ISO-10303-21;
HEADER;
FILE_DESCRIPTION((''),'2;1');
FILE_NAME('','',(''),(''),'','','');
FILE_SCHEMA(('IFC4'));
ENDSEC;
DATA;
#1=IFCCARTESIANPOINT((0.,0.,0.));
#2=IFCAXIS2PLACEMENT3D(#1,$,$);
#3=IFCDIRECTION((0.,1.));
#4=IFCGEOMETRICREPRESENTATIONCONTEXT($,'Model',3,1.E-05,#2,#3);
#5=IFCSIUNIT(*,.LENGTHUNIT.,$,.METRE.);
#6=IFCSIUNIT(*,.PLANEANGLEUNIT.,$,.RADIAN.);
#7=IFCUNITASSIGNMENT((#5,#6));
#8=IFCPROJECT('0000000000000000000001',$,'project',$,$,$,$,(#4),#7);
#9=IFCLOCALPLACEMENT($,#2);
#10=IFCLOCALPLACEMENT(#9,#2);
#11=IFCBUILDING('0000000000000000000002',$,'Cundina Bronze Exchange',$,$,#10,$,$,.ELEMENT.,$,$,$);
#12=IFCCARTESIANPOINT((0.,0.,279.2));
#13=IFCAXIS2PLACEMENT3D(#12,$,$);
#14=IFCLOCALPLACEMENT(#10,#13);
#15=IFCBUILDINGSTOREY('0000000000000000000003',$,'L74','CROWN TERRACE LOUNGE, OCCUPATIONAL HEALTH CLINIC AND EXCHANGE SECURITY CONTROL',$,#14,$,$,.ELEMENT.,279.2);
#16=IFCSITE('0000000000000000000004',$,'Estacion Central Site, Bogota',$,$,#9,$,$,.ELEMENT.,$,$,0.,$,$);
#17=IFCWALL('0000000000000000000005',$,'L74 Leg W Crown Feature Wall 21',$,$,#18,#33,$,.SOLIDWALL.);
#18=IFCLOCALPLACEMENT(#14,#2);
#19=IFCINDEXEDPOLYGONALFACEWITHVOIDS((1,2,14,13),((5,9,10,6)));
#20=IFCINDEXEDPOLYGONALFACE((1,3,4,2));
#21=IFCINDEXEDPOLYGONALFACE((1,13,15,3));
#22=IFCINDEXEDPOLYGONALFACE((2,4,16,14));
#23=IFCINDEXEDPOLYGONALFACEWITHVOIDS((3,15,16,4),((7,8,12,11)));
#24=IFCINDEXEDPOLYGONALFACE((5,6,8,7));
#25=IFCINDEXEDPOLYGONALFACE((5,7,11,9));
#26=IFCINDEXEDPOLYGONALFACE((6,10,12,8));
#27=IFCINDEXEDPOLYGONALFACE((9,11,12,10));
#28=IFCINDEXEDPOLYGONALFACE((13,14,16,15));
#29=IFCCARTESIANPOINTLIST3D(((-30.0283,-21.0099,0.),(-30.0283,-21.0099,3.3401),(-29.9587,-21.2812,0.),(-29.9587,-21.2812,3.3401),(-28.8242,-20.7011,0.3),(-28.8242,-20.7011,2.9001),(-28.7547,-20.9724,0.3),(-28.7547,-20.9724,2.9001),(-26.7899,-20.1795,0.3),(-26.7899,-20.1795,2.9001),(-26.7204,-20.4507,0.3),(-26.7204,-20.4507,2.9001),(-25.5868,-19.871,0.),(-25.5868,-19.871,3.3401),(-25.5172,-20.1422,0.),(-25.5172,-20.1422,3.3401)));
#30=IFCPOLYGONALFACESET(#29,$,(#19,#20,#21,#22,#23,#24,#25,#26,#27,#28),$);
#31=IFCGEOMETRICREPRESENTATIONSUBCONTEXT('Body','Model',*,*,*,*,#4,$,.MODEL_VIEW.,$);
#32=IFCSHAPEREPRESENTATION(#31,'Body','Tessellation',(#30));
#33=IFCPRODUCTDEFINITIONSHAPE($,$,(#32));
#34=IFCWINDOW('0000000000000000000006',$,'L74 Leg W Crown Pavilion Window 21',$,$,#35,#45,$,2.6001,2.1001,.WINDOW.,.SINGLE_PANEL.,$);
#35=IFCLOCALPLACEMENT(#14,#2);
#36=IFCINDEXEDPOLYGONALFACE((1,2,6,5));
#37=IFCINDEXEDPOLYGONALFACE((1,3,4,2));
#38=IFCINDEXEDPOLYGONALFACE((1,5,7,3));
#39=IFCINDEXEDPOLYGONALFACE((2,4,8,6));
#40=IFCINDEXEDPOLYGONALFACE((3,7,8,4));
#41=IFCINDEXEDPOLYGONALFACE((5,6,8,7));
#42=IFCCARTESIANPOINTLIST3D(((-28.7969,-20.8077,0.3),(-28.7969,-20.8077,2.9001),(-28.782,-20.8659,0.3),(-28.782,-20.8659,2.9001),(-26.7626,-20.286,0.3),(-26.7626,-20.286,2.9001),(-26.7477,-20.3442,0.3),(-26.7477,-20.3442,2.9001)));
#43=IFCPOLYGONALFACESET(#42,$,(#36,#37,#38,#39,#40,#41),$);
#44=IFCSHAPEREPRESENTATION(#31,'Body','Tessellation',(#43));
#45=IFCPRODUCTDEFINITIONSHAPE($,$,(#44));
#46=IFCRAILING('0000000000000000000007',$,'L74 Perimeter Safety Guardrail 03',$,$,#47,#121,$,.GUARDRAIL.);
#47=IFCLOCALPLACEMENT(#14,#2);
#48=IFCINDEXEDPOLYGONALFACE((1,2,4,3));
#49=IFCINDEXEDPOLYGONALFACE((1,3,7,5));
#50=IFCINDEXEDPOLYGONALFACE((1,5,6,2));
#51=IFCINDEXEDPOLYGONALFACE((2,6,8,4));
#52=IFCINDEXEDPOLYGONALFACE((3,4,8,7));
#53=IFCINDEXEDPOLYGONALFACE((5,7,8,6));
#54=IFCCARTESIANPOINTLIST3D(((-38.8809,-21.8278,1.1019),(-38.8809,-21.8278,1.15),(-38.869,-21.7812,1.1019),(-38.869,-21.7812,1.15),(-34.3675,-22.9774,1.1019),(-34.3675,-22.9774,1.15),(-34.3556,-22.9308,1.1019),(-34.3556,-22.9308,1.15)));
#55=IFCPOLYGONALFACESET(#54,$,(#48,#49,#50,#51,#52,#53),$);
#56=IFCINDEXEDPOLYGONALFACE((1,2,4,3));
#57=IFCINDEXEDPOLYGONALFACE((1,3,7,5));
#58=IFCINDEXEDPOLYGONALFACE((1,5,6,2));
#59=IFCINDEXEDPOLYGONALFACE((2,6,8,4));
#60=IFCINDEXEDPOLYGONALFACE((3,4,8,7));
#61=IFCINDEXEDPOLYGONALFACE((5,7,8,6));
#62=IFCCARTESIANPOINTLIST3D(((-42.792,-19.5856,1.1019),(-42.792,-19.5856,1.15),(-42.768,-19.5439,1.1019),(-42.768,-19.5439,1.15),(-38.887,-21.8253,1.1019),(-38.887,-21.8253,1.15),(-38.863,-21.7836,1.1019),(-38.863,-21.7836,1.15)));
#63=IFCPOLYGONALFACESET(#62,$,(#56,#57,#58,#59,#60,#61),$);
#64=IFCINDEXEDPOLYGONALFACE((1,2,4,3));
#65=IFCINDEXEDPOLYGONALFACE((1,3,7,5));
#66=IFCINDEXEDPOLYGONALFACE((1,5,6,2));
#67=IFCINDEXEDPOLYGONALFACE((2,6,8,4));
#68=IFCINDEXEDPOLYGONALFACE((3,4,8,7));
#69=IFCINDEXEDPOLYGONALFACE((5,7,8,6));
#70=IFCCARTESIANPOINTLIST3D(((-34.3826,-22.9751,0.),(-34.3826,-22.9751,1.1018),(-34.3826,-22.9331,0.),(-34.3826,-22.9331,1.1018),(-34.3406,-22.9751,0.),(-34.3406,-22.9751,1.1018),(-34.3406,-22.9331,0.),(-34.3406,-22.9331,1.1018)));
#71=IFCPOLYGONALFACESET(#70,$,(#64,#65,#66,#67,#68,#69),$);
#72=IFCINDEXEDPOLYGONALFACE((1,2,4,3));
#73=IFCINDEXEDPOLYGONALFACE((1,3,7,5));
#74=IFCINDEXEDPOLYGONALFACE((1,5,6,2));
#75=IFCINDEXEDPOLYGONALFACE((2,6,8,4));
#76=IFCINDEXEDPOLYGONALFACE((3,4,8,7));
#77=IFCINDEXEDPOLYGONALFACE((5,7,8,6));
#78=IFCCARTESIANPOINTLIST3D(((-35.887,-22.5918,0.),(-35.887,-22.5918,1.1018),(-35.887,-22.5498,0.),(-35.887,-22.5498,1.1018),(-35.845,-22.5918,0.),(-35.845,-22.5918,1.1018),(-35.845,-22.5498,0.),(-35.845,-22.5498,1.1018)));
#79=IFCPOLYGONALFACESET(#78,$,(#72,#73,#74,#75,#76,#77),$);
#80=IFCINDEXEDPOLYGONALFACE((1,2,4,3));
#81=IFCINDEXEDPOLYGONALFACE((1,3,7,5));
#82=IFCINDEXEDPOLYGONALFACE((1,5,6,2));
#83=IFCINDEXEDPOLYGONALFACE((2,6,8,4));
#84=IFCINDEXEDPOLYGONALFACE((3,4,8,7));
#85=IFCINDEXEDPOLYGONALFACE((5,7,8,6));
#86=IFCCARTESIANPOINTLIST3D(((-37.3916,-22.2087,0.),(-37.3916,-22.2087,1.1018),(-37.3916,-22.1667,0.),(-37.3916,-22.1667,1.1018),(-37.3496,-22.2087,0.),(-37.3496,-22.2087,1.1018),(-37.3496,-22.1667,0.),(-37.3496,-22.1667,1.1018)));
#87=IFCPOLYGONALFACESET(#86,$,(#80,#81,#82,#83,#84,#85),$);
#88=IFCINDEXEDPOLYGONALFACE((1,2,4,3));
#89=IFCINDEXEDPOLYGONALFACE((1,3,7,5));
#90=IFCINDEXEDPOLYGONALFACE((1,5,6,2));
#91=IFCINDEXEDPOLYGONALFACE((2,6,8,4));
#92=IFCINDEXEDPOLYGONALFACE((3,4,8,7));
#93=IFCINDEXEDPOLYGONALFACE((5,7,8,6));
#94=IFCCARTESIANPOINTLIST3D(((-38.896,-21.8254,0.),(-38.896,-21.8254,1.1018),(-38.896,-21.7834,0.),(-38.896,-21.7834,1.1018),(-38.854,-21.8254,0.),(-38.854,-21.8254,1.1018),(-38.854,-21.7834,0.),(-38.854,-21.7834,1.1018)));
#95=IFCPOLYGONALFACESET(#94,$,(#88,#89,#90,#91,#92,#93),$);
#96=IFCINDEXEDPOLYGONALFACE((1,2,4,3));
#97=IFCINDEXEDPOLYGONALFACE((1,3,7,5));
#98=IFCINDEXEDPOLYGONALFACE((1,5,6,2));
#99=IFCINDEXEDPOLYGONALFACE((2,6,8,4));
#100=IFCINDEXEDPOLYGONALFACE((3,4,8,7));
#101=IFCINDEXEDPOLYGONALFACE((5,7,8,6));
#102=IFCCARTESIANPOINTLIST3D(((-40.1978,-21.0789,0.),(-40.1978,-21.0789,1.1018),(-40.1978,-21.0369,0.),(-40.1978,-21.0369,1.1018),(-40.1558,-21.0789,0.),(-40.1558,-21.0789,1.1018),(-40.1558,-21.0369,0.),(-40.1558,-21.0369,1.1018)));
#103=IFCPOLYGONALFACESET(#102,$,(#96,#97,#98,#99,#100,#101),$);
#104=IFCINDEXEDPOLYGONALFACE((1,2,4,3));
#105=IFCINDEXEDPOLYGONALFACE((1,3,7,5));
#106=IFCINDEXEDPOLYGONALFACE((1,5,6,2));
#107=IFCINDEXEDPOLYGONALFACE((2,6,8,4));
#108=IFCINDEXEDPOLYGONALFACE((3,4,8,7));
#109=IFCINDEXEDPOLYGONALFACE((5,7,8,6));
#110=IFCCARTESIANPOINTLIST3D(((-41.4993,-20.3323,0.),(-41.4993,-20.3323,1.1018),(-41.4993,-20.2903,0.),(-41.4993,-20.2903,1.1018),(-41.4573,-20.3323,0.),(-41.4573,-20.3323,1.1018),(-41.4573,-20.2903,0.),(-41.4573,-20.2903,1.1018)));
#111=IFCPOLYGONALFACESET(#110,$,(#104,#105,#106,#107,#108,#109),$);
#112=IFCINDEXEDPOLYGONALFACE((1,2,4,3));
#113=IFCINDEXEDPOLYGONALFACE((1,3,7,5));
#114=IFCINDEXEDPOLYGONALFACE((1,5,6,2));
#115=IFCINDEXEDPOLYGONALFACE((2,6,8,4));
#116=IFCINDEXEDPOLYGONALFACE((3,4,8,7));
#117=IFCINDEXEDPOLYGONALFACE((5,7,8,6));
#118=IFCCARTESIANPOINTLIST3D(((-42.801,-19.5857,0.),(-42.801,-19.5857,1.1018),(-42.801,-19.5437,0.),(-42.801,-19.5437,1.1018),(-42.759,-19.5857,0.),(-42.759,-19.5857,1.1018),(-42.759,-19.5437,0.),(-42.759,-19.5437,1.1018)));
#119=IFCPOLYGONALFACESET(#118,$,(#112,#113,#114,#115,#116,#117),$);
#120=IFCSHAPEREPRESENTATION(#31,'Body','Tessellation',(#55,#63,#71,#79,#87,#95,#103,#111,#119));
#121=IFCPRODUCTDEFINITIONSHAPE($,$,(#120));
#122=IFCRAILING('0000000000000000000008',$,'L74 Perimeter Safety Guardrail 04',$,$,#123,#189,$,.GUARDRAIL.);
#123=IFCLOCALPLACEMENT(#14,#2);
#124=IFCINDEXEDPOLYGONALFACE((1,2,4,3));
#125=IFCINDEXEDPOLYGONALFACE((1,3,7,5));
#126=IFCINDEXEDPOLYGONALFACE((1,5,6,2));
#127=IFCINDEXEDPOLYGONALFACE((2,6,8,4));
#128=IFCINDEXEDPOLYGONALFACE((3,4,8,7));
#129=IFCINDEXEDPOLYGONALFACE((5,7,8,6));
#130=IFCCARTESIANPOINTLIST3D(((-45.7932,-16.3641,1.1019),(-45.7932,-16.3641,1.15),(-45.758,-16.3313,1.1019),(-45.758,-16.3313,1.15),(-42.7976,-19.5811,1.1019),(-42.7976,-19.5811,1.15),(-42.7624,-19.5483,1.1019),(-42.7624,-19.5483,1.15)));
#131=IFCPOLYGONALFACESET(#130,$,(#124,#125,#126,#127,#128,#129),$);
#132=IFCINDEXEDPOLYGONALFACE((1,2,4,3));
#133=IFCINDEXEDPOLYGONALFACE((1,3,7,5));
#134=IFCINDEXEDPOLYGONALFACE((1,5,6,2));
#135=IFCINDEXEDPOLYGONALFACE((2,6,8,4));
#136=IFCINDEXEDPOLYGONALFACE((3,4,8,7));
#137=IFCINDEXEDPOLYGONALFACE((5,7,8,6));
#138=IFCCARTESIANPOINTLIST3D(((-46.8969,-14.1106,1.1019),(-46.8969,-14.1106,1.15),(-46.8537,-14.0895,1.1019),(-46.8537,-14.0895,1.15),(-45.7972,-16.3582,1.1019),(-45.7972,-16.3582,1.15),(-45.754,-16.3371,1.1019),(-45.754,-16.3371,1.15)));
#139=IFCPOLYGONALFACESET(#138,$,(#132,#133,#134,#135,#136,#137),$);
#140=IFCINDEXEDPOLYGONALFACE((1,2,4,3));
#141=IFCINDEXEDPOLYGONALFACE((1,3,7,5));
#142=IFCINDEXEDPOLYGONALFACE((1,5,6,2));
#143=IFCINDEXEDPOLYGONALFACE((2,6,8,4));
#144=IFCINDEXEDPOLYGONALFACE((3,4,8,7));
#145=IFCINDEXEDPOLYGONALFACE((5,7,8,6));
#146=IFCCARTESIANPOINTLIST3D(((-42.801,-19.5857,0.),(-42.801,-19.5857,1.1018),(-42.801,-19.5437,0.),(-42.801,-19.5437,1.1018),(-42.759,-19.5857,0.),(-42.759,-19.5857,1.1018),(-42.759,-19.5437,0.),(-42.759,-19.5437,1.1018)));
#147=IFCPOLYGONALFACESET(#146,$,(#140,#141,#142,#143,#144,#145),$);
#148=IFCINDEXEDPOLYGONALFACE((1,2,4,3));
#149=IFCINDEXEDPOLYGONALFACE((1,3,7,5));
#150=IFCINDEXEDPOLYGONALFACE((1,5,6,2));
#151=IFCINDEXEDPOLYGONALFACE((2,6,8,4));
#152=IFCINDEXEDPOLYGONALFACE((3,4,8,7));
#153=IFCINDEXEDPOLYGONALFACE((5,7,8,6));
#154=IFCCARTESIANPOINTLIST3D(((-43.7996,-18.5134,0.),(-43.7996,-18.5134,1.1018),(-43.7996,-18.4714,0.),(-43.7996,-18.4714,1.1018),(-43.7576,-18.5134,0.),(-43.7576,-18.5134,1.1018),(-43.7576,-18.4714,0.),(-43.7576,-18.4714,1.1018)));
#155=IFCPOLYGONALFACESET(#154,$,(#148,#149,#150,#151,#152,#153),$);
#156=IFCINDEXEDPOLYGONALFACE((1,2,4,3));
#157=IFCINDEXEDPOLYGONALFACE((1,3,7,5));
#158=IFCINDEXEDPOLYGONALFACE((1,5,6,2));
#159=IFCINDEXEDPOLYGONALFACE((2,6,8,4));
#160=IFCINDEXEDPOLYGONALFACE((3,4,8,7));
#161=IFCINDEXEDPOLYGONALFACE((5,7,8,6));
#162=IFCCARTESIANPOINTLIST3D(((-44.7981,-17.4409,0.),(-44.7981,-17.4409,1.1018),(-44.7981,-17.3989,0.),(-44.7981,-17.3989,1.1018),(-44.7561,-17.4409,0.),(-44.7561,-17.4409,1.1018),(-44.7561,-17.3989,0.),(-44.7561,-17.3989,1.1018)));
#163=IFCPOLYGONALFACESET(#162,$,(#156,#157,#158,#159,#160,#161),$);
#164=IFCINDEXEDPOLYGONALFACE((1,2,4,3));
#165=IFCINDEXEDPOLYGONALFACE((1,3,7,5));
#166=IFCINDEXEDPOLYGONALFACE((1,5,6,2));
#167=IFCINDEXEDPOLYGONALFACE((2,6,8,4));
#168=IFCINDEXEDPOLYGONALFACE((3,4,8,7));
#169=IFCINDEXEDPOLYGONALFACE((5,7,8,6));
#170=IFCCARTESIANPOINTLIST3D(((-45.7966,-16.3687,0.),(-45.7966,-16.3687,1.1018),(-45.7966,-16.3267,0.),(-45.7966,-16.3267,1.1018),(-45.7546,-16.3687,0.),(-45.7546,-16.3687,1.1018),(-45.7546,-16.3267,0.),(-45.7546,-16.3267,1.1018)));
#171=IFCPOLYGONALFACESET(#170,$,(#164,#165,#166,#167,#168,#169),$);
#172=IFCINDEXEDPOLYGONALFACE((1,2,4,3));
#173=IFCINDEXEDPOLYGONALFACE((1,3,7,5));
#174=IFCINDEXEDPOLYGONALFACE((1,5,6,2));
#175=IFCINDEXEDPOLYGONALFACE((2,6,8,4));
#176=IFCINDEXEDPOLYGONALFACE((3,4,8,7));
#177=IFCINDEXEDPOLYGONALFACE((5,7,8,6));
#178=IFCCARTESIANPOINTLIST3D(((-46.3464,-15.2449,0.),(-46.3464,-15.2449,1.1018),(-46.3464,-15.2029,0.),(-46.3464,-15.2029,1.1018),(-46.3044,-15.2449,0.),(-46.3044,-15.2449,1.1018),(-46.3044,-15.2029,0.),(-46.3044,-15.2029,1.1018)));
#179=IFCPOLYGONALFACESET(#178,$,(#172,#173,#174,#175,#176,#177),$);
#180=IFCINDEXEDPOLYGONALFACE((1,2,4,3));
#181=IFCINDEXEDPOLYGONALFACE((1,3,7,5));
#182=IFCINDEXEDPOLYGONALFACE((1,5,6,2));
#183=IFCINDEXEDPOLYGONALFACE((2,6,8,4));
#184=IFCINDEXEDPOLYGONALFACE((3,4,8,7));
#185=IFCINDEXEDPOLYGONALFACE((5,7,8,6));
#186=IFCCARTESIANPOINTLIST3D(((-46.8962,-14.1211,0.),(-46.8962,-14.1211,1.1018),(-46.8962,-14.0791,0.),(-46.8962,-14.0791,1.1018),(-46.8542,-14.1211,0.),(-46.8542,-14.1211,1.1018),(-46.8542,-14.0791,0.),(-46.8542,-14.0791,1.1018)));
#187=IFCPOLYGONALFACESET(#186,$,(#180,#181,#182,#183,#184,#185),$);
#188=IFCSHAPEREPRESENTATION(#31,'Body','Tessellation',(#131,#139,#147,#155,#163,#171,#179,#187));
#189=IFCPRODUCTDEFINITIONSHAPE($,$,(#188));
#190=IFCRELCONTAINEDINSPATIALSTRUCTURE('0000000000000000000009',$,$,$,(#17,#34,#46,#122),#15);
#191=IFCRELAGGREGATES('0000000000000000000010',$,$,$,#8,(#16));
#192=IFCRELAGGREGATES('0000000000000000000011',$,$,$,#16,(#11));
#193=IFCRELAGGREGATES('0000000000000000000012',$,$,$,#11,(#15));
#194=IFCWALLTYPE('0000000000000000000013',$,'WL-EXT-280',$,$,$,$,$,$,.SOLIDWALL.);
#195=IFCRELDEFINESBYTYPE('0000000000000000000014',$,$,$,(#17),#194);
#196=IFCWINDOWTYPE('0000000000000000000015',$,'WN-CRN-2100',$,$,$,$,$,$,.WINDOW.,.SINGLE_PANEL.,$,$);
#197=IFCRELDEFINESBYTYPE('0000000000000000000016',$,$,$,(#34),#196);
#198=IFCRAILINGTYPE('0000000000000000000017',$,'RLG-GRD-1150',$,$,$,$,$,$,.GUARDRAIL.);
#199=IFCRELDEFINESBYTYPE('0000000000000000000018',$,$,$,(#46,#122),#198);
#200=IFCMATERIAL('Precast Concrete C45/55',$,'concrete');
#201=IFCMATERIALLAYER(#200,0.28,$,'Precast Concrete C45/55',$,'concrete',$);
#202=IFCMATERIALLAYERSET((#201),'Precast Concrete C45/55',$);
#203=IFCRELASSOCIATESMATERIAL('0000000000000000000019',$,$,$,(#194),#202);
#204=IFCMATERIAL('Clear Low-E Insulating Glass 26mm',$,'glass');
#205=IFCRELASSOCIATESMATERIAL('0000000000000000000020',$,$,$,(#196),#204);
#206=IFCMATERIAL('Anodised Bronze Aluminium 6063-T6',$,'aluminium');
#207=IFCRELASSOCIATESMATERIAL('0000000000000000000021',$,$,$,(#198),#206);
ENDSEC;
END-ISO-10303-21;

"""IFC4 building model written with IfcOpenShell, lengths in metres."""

from ifc_helpers import new_model, si_unit, direction, frame, frame_2d, origin, origin_2d, place, context, subcontext, project, spatial, rectangle, extrude, material, layer, layer_set, type_object, element, fill, save


model = new_model("IFC4")

# Units and contexts
model_context = context("Model", 3, precision=1e-05, world=origin(), true_north=direction((0.0, 1.0)))
body_context = subcontext(model_context, "Body", "Model", "MODEL_VIEW")
ifc_project = project(units=[si_unit("LENGTHUNIT", "METRE"), si_unit("PLANEANGLEUNIT", "RADIAN")], contexts=[model_context])

# Site, building, storey
site_placement = place(None, origin())
site = spatial("IfcSite", under=ifc_project, at=site_placement, Name="Estacion Central Site, Bogota", CompositionType="ELEMENT", RefElevation=0.0)
building_placement = place(site_placement, origin())
building = spatial("IfcBuilding", under=site, at=building_placement, Name="Cundina Bronze Exchange", CompositionType="ELEMENT")
storey_placement = place(building_placement, frame((0.0, 0.0, 279.2)))
storey = spatial("IfcBuildingStorey", under=building, at=storey_placement, Name="L74", Description="CROWN TERRACE LOUNGE, OCCUPATIONAL HEALTH CLINIC AND EXCHANGE SECURITY CONTROL", CompositionType="ELEMENT", Elevation=279.2)

# Shared definitions
ifc_material_1 = material(Name="Anodised Bronze Aluminium 6063-T6", Category="aluminium")
ifc_material_2 = material(Name="Clear Low-E Insulating Glass 26mm", Category="glass")

# Shared definitions
ifc_material_3 = material(Name="Precast Concrete C45/55", Category="concrete")
ifc_layer_1 = layer(ifc_material_3, 0.28, Name="Precast Concrete C45/55", Category="concrete")
ifc_layer_set_1 = layer_set([ifc_layer_1], Name="Precast Concrete C45/55")
wall_type_1 = type_object("IfcWallType", Name="WL-EXT-280", PredefinedType="SOLIDWALL", material=ifc_layer_set_1)

# Wall, opening, window
wall_1_placement = place(storey_placement, frame((-29.9934, -21.1455, 0.0), z_axis=(0.0, 0.0, 1.0), x_axis=(0.968659, 0.248395, 0.0)))
wall_1 = element("IfcWall", 1, at=wall_1_placement, inside=storey, type_object=wall_type_1, Name="L74 Leg W Crown Feature Wall 21", PredefinedType="SOLIDWALL", context=body_context, shape_type="SweptSolid", body=[
    extrude(rectangle(XDim=4.5852, YDim=0.28, at=frame_2d((2.2925, 0.0))), origin(), (0.0, 0.0, 1.0), 3.3401),
])
opening_1_placement = place(wall_1_placement, frame((1.2429, 0.0, 0.3)))
opening_1 = element("IfcOpeningElement", 2, at=opening_1_placement, cuts=wall_1, PredefinedType="OPENING", context=body_context, shape_type="SweptSolid", body=[
    extrude(rectangle(XDim=2.1001, YDim=2.6001, at=frame_2d((1.05, 1.3))), frame((0.0, 0.1499, 0.0), z_axis=(0.0, -1.0, 0.0), x_axis=(1.0, 0.0, 0.0)), (0.0, 0.0, 1.0), 0.3),
])
window_type = type_object("IfcWindowType", Name="WN-CRN-2100", PartitioningType="SINGLE_PANEL", PredefinedType="WINDOW", material=ifc_material_2)
window_placement = place(opening_1_placement, origin())
window = element("IfcWindow", 3, at=window_placement, inside=storey, type_object=window_type, Name="L74 Leg W Crown Pavilion Window 21", OverallHeight=2.6001, OverallWidth=2.1001, PartitioningType="SINGLE_PANEL", PredefinedType="WINDOW", context=body_context, shape_type="SweptSolid", body=[
    extrude(rectangle(XDim=2.1001, YDim=2.6001, at=frame_2d((1.05, 1.3))), frame((0.0, 0.03, 0.0), z_axis=(0.0, -1.0, 0.0), x_axis=(1.0, 0.0, 0.0)), (0.0, 0.0, 1.0), 0.0601),
])
fill(opening_1, window)

# Railings
railing_type = type_object("IfcRailingType", Name="RLG-GRD-1150", PredefinedType="GUARDRAIL", material=ifc_material_1)
railing_1_placement = place(storey_placement, frame((-34.3616, -22.9541, 0.0)))
element("IfcRailing", 4, at=railing_1_placement, inside=storey, type_object=railing_type, Name="L74 Perimeter Safety Guardrail 03", PredefinedType="GUARDRAIL", context=body_context, shape_type="SweptSolid", body=[
    extrude(rectangle(XDim=0.0481, YDim=0.0481, at=origin_2d()), frame((0.0, 0.0, 1.126), z_axis=(-0.969057, 0.246838, 0.0), x_axis=(-0.246838, -0.969057, 0.0)), (0.0, 0.0, 1.0), 4.6575),
    extrude(rectangle(XDim=0.0481, YDim=0.0481, at=origin_2d()), frame((-4.5134, 1.1497, 1.126), z_axis=(-0.867448, 0.497528, 0.0), x_axis=(-0.497528, -0.867448, 0.0)), (0.0, 0.0, 1.0), 4.5017),
    extrude(rectangle(XDim=0.042, YDim=0.042, at=origin_2d()), origin(), (0.0, 0.0, 1.0), 1.1018),
    extrude(rectangle(XDim=0.042, YDim=0.042, at=origin_2d()), frame((-1.5044, 0.3833, 0.0)), (0.0, 0.0, 1.0), 1.1018),
    extrude(rectangle(XDim=0.042, YDim=0.042, at=origin_2d()), frame((-3.009, 0.7664, 0.0)), (0.0, 0.0, 1.0), 1.1018),
    extrude(rectangle(XDim=0.042, YDim=0.042, at=origin_2d()), frame((-4.5134, 1.1497, 0.0)), (0.0, 0.0, 1.0), 1.1018),
    extrude(rectangle(XDim=0.042, YDim=0.042, at=origin_2d()), frame((-5.8152, 1.8962, 0.0)), (0.0, 0.0, 1.0), 1.1018),
    extrude(rectangle(XDim=0.042, YDim=0.042, at=origin_2d()), frame((-7.1167, 2.6428, 0.0)), (0.0, 0.0, 1.0), 1.1018),
    extrude(rectangle(XDim=0.042, YDim=0.042, at=origin_2d()), frame((-8.4185, 3.3894, 0.0)), (0.0, 0.0, 1.0), 1.1018),
])
railing_2_placement = place(storey_placement, frame((-42.78, -19.5647, 0.0)))
element("IfcRailing", 5, at=railing_2_placement, inside=storey, type_object=railing_type, Name="L74 Perimeter Safety Guardrail 04", PredefinedType="GUARDRAIL", context=body_context, shape_type="SweptSolid", body=[
    extrude(rectangle(XDim=0.0481, YDim=0.0481, at=origin_2d()), frame((0.0, 0.0, 1.126), z_axis=(-0.681471, 0.731845, 0.0), x_axis=(-0.731845, -0.681471, 0.0)), (0.0, 0.0, 1.0), 4.3958),
    extrude(rectangle(XDim=0.0481, YDim=0.0481, at=origin_2d()), frame((-2.9956, 3.217, 1.126), z_axis=(-0.439469, 0.898258, 0.0), x_axis=(-0.898258, -0.439469, 0.0)), (0.0, 0.0, 1.0), 2.5022),
    extrude(rectangle(XDim=0.042, YDim=0.042, at=origin_2d()), origin(), (0.0, 0.0, 1.0), 1.1018),
    extrude(rectangle(XDim=0.042, YDim=0.042, at=origin_2d()), frame((-0.9985, 1.0723, 0.0)), (0.0, 0.0, 1.0), 1.1018),
    extrude(rectangle(XDim=0.042, YDim=0.042, at=origin_2d()), frame((-1.9971, 2.1448, 0.0)), (0.0, 0.0, 1.0), 1.1018),
    extrude(rectangle(XDim=0.042, YDim=0.042, at=origin_2d()), frame((-2.9956, 3.217, 0.0)), (0.0, 0.0, 1.0), 1.1018),
    extrude(rectangle(XDim=0.042, YDim=0.042, at=origin_2d()), frame((-3.5454, 4.3408, 0.0)), (0.0, 0.0, 1.0), 1.1018),
    extrude(rectangle(XDim=0.042, YDim=0.042, at=origin_2d()), frame((-4.0952, 5.4646, 0.0)), (0.0, 0.0, 1.0), 1.1018),
])

save(model, "model.ifc")
